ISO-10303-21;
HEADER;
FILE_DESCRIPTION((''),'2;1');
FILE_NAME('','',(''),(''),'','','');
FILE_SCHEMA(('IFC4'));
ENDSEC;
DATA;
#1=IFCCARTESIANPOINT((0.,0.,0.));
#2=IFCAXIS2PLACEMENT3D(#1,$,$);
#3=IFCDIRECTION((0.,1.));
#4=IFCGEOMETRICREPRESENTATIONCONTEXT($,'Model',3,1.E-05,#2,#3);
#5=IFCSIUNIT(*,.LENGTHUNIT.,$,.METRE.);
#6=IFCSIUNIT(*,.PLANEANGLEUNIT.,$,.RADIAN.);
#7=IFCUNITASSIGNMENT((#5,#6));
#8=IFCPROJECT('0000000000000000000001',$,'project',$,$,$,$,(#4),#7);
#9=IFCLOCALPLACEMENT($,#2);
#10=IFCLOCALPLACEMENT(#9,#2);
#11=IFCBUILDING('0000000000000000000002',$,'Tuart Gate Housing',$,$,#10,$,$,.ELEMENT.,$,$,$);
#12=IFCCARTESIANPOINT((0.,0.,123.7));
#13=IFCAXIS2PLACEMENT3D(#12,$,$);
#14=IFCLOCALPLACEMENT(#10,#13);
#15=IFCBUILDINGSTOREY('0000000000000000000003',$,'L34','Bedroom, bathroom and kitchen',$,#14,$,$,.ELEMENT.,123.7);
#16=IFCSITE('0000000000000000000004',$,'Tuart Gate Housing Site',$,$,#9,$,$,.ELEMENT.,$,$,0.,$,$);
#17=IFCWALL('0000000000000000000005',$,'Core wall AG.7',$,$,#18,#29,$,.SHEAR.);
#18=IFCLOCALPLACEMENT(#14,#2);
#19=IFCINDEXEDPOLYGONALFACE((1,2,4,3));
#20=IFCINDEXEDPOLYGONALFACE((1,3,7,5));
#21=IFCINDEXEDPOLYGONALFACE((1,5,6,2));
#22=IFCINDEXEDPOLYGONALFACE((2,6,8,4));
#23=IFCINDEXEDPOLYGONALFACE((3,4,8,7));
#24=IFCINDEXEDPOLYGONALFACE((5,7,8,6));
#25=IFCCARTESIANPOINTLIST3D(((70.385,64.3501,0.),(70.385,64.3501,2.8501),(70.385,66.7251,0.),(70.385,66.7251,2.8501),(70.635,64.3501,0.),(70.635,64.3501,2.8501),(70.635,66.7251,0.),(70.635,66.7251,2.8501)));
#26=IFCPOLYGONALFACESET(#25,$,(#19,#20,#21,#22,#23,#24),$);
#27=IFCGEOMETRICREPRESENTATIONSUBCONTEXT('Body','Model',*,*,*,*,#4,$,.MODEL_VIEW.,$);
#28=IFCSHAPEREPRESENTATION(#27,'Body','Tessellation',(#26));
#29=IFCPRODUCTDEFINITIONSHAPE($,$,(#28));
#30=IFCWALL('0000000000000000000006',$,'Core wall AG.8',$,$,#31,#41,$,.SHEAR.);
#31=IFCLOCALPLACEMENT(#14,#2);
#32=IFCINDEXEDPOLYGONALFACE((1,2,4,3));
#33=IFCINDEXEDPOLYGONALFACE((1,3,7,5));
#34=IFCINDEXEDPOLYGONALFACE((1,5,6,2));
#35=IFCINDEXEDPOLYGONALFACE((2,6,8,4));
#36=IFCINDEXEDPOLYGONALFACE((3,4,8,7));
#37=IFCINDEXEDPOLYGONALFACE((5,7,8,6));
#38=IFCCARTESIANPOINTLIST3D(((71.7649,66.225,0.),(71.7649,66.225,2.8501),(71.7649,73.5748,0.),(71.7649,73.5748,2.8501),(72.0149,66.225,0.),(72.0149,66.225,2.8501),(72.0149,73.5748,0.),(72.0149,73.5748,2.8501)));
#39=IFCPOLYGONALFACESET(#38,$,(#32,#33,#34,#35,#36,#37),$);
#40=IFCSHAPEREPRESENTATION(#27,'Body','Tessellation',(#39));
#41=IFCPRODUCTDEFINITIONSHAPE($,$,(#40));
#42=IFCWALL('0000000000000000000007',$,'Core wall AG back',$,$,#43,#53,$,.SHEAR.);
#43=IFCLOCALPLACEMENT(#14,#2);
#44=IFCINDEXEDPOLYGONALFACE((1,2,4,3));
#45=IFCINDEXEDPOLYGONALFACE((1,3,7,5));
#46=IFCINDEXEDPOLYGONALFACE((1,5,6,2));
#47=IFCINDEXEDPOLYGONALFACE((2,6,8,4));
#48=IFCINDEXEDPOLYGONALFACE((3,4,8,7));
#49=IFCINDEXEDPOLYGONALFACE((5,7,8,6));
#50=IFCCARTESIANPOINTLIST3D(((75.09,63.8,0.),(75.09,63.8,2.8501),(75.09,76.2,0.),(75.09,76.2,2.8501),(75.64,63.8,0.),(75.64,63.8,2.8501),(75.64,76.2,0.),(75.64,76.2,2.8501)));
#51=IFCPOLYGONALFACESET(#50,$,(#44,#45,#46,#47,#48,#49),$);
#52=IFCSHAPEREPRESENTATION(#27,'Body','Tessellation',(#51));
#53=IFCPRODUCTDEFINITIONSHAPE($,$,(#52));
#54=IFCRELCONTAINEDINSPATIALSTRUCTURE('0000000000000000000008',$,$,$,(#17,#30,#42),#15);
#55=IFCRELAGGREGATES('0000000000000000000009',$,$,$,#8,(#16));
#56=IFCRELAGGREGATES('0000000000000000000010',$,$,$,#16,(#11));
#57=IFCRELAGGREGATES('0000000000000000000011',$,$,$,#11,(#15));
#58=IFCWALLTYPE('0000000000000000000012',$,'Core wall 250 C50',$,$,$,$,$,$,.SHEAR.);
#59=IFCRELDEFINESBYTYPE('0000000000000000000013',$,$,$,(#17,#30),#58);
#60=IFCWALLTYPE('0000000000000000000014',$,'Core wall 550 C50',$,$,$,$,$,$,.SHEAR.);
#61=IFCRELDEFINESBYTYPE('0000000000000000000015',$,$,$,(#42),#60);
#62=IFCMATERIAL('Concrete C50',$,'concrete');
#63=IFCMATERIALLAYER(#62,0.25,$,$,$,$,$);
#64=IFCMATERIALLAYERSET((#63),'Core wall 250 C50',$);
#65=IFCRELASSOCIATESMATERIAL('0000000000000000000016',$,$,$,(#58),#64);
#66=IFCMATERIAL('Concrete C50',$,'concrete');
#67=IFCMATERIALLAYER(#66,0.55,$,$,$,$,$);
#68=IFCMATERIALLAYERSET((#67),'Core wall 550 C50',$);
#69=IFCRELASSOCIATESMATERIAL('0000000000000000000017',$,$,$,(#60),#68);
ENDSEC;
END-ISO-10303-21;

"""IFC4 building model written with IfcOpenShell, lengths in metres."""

from ifc_helpers import new_model, si_unit, direction, frame, frame_2d, origin, place, context, subcontext, project, spatial, rectangle, extrude, material, layer, layer_set, type_object, element, save


model = new_model("IFC4")

# Units and contexts
model_context = context("Model", 3, precision=1e-05, world=origin(), true_north=direction((0.0, 1.0)))
body_context = subcontext(model_context, "Body", "Model", "MODEL_VIEW")
ifc_project = project(units=[si_unit("LENGTHUNIT", "METRE"), si_unit("PLANEANGLEUNIT", "RADIAN")], contexts=[model_context])

# Site, building, storey
site_placement = place(None, origin())
site = spatial("IfcSite", under=ifc_project, at=site_placement, Name="Tuart Gate Housing Site", CompositionType="ELEMENT", RefElevation=0.0)
building_placement = place(site_placement, origin())
building = spatial("IfcBuilding", under=site, at=building_placement, Name="Tuart Gate Housing", CompositionType="ELEMENT")
storey_placement = place(building_placement, frame((0.0, 0.0, 123.7)))
storey = spatial("IfcBuildingStorey", under=building, at=storey_placement, Name="L34", Description="Bedroom, bathroom and kitchen", CompositionType="ELEMENT", Elevation=123.7)

# Walls
ifc_material_1 = material(Name="Concrete C50", Category="concrete")
ifc_layer_1 = layer(ifc_material_1, 0.25)
ifc_layer_set_1 = layer_set([ifc_layer_1], Name="Core wall 250 C50")
wall_type_1 = type_object("IfcWallType", Name="Core wall 250 C50", PredefinedType="SHEAR", material=ifc_layer_set_1)
wall_1_placement = place(storey_placement, frame((70.51, 64.3501, 0.0), z_axis=(0.0, 0.0, 1.0), x_axis=(0.0, 1.0, 0.0)))
element("IfcWall", 1, at=wall_1_placement, inside=storey, type_object=wall_type_1, Name="Core wall AG.7", PredefinedType="SHEAR", context=body_context, shape_type="SweptSolid", body=[
    extrude(rectangle(XDim=2.375, YDim=0.25, at=frame_2d((1.1875, 0.0))), origin(), (0.0, 0.0, 1.0), 2.8501),
])
wall_2_placement = place(storey_placement, frame((71.8899, 66.2251, 0.0), z_axis=(0.0, 0.0, 1.0), x_axis=(0.0, 1.0, 0.0)))
element("IfcWall", 2, at=wall_2_placement, inside=storey, type_object=wall_type_1, Name="Core wall AG.8", PredefinedType="SHEAR", context=body_context, shape_type="SweptSolid", body=[
    extrude(rectangle(XDim=7.3499, YDim=0.25, at=frame_2d((3.6748, 0.0))), origin(), (0.0, 0.0, 1.0), 2.8501),
])
ifc_material_2 = material(Name="Concrete C50", Category="concrete")
ifc_layer_2 = layer(ifc_material_2, 0.55)
ifc_layer_set_2 = layer_set([ifc_layer_2], Name="Core wall 550 C50")
wall_type_2 = type_object("IfcWallType", Name="Core wall 550 C50", PredefinedType="SHEAR", material=ifc_layer_set_2)
wall_3_placement = place(storey_placement, frame((75.365, 63.8, 0.0), z_axis=(0.0, 0.0, 1.0), x_axis=(0.0, 1.0, 0.0)))
element("IfcWall", 3, at=wall_3_placement, inside=storey, type_object=wall_type_2, Name="Core wall AG back", PredefinedType="SHEAR", context=body_context, shape_type="SweptSolid", body=[
    extrude(rectangle(XDim=12.3999, YDim=0.55, at=frame_2d((6.2, 0.0))), origin(), (0.0, 0.0, 1.0), 2.8501),
])

save(model, "model.ifc")
